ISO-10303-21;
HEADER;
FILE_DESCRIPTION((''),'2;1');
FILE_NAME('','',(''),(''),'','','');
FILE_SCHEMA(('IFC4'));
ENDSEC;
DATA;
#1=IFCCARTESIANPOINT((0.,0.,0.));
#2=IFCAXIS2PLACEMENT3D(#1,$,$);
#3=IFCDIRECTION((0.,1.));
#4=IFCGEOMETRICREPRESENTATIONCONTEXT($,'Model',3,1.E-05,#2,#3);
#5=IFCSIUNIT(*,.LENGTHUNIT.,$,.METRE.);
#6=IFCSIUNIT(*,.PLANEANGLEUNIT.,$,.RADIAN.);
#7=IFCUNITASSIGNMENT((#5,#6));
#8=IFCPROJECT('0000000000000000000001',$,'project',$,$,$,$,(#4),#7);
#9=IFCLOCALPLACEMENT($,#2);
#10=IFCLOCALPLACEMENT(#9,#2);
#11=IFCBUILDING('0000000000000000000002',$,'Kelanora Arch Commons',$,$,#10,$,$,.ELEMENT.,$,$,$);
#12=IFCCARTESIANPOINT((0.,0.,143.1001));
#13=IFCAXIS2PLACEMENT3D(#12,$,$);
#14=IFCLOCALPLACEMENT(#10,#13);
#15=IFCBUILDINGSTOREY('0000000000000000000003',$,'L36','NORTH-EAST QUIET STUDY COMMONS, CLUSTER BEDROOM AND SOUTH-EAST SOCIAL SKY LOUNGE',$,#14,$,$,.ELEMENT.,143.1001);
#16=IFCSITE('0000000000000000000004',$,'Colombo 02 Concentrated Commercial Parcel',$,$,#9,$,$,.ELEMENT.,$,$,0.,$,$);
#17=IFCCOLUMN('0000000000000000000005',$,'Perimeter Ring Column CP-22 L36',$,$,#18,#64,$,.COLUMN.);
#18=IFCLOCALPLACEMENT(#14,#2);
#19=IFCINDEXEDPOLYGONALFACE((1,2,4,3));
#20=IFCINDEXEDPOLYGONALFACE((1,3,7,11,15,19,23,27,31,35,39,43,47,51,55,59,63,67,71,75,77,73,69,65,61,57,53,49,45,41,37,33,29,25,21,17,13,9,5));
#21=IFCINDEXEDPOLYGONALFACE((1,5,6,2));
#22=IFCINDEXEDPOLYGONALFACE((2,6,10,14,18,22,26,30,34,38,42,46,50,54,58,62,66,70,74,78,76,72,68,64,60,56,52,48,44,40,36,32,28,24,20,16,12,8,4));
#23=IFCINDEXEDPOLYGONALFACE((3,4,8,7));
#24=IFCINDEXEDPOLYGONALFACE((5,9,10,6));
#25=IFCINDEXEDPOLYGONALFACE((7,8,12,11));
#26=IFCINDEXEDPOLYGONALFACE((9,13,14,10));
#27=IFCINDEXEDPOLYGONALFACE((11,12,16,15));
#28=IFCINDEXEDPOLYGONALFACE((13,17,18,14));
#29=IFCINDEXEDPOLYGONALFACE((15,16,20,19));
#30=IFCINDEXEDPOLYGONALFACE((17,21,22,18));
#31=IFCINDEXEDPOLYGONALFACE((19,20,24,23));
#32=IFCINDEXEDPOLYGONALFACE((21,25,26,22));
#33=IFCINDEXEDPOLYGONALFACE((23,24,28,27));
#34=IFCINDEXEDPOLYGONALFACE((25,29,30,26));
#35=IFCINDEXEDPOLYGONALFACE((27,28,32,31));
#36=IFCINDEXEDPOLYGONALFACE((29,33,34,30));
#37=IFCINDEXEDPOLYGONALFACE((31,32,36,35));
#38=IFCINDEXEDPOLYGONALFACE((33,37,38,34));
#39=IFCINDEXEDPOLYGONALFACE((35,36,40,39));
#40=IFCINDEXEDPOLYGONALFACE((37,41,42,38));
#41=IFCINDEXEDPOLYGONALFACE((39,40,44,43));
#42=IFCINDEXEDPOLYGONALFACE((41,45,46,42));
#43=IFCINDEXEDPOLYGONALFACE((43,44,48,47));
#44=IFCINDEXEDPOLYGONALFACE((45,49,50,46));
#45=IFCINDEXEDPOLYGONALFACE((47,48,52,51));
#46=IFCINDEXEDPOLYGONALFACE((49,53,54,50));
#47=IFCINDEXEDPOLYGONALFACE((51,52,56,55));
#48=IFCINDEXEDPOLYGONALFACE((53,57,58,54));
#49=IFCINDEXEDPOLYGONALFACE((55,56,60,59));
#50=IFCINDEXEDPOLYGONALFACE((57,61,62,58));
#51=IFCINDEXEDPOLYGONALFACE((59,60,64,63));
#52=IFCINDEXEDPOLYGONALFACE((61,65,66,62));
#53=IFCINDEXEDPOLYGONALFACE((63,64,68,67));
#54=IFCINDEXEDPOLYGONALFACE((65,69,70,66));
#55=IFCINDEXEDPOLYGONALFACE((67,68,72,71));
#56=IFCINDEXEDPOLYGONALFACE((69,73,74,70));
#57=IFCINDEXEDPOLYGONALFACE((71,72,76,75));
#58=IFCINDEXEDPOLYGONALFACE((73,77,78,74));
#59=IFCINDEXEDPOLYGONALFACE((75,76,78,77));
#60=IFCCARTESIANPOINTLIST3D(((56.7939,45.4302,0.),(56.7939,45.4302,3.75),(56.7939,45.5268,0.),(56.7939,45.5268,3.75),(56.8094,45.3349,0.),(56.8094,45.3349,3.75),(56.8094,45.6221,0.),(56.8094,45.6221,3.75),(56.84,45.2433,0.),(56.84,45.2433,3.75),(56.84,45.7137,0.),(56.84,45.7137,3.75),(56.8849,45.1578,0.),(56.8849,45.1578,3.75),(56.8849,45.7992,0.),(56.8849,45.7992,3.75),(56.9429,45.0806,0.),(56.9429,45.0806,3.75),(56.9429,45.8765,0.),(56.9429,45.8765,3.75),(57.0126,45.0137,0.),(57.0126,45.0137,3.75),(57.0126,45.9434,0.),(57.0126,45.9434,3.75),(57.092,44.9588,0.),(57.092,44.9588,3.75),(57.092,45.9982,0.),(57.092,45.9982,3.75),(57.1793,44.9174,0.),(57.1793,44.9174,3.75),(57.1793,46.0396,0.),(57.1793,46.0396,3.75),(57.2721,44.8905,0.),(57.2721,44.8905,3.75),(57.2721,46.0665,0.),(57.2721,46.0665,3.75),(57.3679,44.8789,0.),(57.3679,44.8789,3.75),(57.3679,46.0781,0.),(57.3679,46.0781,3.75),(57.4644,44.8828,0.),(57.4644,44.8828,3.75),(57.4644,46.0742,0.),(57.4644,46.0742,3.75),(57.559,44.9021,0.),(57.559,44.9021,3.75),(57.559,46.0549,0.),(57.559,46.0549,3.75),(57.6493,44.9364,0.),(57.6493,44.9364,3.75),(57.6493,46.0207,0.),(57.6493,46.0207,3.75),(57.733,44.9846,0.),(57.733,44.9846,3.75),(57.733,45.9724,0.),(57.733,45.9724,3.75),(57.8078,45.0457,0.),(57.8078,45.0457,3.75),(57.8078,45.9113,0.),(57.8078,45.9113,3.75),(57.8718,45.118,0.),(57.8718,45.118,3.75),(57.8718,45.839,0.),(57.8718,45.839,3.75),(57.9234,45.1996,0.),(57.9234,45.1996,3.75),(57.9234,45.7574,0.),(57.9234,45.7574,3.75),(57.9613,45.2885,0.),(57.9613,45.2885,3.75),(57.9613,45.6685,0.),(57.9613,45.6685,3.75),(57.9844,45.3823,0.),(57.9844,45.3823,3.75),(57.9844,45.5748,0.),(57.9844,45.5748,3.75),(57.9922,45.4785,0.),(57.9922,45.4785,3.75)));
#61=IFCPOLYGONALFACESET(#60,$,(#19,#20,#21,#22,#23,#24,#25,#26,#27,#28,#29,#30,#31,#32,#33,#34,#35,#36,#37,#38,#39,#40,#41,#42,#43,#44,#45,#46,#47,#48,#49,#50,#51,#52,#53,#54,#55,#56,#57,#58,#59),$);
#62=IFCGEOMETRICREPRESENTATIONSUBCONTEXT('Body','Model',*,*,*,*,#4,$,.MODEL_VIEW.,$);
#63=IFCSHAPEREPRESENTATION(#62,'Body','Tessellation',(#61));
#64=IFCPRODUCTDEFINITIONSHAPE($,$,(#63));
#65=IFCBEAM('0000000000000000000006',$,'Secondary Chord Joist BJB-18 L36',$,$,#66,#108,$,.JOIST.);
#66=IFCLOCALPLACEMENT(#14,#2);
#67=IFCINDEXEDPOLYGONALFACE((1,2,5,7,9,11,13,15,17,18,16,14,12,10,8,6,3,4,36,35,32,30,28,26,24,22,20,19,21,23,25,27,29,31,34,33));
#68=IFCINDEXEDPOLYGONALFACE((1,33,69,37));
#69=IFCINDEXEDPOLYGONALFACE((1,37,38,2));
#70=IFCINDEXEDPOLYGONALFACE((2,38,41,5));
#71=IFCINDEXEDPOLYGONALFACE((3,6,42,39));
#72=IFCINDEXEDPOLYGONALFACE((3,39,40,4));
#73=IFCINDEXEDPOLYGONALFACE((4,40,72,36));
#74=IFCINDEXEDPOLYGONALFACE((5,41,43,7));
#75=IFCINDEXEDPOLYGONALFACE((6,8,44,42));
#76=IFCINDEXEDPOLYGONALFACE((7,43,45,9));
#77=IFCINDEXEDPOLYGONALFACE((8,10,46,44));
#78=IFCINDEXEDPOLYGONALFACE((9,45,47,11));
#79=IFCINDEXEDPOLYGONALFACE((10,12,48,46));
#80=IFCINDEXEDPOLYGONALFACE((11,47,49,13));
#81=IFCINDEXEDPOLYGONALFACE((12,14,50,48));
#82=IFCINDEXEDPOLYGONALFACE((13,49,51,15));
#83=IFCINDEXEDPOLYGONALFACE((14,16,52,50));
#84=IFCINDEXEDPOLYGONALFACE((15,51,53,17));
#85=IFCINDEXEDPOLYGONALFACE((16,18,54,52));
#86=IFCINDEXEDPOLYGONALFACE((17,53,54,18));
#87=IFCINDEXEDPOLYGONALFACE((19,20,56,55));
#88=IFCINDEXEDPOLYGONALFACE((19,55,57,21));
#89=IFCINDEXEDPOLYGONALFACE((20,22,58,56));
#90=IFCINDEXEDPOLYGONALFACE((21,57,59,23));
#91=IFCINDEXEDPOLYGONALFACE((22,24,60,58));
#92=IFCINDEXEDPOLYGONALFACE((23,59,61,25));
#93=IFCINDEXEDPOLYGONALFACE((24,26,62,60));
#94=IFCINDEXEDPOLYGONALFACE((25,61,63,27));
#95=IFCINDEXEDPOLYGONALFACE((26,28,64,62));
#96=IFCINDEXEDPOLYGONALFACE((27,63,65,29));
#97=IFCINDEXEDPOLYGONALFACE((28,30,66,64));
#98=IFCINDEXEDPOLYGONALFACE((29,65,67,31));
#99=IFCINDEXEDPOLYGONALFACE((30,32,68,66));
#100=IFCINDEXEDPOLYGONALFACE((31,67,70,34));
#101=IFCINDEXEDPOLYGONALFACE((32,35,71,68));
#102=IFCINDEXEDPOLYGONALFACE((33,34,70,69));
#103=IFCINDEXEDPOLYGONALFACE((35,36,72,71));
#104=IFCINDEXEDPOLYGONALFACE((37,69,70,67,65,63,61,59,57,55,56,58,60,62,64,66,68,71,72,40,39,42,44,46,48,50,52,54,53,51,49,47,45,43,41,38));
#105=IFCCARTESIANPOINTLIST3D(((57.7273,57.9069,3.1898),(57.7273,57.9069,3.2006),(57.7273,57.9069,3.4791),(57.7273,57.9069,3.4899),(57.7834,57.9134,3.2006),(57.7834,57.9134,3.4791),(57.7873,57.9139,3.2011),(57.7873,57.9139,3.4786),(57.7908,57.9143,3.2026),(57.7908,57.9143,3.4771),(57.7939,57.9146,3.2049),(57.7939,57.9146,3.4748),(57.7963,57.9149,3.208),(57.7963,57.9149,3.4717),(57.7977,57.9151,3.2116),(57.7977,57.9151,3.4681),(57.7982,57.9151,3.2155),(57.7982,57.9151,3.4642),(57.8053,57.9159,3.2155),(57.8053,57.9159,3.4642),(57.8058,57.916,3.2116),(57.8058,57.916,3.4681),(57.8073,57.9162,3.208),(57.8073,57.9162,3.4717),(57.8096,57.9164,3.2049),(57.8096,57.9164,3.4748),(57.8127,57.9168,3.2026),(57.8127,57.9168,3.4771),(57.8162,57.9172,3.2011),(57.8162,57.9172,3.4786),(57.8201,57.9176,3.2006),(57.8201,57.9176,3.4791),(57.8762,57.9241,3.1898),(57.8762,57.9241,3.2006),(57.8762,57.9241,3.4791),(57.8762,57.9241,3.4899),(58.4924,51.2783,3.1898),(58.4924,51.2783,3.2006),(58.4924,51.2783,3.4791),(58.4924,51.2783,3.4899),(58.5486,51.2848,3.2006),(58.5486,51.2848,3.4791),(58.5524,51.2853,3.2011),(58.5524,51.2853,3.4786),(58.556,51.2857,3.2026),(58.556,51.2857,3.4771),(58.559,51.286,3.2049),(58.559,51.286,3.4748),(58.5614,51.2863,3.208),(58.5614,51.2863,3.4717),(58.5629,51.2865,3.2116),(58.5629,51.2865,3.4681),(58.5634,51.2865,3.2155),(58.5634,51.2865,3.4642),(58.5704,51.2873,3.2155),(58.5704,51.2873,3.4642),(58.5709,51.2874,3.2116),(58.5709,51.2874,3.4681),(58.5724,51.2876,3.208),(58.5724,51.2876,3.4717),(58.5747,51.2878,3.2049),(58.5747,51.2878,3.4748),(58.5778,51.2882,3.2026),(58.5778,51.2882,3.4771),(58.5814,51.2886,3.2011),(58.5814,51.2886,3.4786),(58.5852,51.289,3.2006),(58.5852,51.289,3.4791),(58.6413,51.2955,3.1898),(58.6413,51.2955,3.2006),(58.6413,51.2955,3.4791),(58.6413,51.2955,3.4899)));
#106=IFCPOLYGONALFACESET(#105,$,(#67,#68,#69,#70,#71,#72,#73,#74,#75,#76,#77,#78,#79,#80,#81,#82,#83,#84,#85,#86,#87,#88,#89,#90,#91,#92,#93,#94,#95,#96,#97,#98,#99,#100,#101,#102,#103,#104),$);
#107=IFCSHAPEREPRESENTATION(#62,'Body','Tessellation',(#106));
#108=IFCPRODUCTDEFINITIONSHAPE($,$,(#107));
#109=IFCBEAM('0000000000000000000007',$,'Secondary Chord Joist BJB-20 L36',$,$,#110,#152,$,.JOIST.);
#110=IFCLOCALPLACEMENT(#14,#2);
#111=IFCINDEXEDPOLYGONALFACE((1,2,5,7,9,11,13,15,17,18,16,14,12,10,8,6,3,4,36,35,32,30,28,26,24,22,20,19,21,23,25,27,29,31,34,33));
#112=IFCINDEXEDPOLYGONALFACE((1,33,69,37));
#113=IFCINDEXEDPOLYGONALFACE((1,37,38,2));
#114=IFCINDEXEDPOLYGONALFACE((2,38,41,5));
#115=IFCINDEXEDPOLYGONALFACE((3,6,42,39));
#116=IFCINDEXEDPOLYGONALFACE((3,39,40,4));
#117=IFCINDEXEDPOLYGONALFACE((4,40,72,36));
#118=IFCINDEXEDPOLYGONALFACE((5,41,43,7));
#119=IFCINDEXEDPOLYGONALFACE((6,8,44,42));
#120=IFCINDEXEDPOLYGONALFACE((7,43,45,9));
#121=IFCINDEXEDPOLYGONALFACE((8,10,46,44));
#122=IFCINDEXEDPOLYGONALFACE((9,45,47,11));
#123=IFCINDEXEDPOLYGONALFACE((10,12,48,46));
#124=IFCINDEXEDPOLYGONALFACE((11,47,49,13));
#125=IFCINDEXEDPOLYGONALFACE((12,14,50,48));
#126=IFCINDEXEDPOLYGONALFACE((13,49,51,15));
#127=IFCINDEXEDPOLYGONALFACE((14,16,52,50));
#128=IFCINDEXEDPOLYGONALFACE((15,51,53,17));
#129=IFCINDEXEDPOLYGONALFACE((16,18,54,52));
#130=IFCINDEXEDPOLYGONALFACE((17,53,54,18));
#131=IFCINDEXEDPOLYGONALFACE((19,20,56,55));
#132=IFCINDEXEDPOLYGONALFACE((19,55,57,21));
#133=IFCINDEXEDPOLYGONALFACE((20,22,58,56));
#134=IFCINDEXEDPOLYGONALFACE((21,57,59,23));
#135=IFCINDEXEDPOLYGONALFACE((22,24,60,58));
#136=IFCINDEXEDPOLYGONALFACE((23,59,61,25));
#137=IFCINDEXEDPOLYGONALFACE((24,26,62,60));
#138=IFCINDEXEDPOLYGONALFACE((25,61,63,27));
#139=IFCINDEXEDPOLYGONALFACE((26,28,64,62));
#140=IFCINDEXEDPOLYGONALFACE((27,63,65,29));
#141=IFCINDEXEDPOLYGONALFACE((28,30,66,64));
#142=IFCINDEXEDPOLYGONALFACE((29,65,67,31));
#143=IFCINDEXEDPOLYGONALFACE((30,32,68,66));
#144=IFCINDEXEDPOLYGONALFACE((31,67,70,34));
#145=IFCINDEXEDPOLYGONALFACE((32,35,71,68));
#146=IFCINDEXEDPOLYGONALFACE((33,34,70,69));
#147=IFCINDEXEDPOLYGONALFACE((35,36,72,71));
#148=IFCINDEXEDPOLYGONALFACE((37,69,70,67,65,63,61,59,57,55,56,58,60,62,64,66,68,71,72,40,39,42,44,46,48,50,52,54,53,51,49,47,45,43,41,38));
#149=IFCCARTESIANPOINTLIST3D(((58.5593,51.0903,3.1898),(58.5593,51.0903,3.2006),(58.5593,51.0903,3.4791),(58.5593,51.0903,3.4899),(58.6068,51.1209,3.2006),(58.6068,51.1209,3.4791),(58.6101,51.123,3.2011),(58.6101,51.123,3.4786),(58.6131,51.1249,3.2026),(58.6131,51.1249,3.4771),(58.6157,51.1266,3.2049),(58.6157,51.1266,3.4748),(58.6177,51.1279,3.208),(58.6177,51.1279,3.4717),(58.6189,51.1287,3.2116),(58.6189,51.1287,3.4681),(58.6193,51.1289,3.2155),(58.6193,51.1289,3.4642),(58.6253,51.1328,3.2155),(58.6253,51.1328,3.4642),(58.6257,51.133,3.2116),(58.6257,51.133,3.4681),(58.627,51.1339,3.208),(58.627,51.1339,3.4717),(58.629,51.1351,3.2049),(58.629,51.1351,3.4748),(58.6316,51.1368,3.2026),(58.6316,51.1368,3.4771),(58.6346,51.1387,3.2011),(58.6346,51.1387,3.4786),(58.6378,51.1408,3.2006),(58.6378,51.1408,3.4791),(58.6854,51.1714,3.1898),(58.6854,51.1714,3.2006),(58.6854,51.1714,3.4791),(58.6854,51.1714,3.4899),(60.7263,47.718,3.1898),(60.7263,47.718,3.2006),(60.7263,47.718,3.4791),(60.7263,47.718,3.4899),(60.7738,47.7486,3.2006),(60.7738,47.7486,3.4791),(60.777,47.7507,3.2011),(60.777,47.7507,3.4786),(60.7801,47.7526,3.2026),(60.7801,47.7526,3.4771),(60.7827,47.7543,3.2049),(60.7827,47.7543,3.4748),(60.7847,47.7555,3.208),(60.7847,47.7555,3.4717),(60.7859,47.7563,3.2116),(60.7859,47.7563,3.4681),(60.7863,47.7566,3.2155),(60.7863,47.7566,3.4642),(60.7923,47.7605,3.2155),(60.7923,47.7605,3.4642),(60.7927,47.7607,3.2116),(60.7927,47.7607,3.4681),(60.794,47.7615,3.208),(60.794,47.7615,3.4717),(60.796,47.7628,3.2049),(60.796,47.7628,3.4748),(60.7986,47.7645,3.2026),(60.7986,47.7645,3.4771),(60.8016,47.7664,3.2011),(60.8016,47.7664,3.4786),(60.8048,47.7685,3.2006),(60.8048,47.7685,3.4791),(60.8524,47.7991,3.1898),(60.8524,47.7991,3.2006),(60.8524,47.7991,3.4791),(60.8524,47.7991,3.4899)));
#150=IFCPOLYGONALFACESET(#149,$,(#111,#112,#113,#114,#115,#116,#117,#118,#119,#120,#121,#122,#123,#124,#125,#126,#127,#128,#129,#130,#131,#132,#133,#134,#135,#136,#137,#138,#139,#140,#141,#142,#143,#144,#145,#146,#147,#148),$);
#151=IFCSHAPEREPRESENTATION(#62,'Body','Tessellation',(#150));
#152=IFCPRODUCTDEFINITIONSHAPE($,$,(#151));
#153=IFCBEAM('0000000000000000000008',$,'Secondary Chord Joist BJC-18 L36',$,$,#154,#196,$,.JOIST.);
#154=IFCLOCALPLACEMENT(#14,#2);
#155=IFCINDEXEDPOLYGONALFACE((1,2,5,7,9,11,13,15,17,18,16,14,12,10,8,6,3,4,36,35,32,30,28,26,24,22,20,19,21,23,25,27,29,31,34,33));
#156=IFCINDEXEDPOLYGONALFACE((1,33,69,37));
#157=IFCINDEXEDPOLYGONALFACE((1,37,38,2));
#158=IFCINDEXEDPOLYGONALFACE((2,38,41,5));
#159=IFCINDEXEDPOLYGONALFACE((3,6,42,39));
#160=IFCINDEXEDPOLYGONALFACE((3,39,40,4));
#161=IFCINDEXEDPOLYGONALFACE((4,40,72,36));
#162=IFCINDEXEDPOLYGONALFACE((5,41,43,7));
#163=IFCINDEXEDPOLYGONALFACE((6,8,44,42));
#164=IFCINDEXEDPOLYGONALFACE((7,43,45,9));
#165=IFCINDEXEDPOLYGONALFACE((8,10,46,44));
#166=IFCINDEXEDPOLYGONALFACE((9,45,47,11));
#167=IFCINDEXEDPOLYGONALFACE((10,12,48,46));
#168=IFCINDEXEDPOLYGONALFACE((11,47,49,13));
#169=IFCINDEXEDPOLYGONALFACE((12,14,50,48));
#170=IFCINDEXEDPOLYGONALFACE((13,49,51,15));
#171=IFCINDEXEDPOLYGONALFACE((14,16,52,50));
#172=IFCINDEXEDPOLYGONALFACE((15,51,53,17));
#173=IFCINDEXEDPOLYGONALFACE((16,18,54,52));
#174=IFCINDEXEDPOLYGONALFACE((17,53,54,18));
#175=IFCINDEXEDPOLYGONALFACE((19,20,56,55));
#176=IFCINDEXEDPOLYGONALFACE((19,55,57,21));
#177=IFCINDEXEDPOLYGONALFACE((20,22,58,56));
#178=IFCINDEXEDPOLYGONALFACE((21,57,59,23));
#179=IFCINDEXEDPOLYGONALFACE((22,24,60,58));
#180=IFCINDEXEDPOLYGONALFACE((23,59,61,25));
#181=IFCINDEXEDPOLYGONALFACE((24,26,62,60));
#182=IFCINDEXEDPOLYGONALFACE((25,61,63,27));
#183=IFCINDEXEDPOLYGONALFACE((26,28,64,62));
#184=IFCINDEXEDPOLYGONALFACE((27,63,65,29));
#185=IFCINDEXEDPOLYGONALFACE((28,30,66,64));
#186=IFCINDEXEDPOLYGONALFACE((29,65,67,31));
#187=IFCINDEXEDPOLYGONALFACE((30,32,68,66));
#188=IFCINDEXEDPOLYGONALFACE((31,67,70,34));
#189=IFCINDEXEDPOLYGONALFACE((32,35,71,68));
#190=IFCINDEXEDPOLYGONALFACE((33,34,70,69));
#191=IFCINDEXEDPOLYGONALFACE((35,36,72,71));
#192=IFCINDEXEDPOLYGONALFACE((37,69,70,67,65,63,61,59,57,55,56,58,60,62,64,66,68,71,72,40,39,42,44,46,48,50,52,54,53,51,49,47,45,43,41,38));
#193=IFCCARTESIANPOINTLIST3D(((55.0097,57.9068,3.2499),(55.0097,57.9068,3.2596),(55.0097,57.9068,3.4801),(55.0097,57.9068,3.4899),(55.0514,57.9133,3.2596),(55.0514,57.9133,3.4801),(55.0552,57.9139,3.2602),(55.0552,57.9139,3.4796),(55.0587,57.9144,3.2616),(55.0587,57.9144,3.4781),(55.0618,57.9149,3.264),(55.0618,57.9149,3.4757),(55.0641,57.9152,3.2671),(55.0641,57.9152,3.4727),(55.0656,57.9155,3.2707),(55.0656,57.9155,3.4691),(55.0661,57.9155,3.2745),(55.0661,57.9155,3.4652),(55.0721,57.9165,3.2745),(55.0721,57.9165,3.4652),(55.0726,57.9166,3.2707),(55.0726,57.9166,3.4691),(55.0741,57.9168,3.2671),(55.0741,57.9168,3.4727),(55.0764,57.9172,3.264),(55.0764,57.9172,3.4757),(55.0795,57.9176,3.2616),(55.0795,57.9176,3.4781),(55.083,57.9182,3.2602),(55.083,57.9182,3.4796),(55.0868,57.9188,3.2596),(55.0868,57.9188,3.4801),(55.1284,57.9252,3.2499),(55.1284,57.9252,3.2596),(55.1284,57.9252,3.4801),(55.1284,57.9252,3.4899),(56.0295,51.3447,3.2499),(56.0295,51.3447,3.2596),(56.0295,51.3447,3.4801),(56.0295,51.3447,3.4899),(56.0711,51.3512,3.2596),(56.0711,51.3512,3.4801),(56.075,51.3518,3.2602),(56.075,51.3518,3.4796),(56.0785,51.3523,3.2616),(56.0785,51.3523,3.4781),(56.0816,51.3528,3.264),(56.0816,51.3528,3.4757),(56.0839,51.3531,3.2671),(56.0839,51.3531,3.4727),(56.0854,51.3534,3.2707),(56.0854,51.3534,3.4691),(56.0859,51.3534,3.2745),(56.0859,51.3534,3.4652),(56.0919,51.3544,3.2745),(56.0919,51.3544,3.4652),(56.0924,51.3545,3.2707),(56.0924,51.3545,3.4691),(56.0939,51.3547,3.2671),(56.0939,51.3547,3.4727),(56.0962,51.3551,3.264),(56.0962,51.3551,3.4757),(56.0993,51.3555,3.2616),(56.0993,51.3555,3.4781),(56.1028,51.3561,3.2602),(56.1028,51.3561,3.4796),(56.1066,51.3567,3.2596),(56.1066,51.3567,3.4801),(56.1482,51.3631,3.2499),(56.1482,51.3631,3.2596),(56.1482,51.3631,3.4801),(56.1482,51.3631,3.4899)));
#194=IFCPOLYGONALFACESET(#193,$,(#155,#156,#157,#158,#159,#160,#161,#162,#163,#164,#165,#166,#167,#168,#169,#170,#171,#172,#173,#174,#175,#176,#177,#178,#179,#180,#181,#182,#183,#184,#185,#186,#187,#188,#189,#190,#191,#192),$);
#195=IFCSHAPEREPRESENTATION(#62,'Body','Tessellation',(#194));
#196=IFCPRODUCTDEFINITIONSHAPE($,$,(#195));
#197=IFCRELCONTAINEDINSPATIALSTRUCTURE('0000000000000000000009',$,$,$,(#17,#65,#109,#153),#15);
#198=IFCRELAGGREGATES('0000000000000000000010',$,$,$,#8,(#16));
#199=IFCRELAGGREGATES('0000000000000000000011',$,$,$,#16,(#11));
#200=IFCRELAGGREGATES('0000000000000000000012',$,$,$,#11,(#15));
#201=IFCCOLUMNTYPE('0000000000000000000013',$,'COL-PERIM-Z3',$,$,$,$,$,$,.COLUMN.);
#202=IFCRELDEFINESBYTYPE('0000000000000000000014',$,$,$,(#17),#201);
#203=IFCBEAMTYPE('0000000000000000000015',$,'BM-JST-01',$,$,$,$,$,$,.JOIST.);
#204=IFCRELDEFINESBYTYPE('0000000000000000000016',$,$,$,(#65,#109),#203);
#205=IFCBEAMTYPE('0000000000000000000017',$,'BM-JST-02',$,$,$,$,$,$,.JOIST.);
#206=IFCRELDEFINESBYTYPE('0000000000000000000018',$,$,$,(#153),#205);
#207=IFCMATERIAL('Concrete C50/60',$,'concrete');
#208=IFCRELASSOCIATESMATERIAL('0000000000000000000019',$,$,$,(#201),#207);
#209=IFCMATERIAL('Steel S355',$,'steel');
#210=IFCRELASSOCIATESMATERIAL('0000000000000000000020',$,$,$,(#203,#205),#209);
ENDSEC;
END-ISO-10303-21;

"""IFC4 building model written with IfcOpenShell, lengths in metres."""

from ifc_helpers import new_model, si_unit, direction, frame, origin, origin_2d, place, context, subcontext, project, spatial, circle, i_section, extrude, material, material_profile, profile_set, type_object, element, save


model = new_model("IFC4")

# Units and contexts
model_context = context("Model", 3, precision=1e-05, world=origin(), true_north=direction((0.0, 1.0)))
body_context = subcontext(model_context, "Body", "Model", "MODEL_VIEW")
ifc_project = project(units=[si_unit("LENGTHUNIT", "METRE"), si_unit("PLANEANGLEUNIT", "RADIAN")], contexts=[model_context])

# Site, building, storey
site_placement = place(None, origin())
site = spatial("IfcSite", under=ifc_project, at=site_placement, Name="Colombo 02 Concentrated Commercial Parcel", CompositionType="ELEMENT", RefElevation=0.0)
building_placement = place(site_placement, origin())
building = spatial("IfcBuilding", under=site, at=building_placement, Name="Kelanora Arch Commons", CompositionType="ELEMENT")
storey_placement = place(building_placement, frame((0.0, 0.0, 143.1001)))
storey = spatial("IfcBuildingStorey", under=building, at=storey_placement, Name="L36", Description="NORTH-EAST QUIET STUDY COMMONS, CLUSTER BEDROOM AND SOUTH-EAST SOCIAL SKY LOUNGE", CompositionType="ELEMENT", Elevation=143.1001)

# Column
ifc_material_1 = material(Name="Concrete C50/60", Category="concrete")
ifc_material_profile_1 = material_profile(ifc_material_1, circle(Radius=0.6001, at=origin_2d()), Name="RCC1200")
ifc_profile_set_1 = profile_set([ifc_material_profile_1], Name="Concrete C50/60")
column_type = type_object("IfcColumnType", Name="COL-PERIM-Z3", PredefinedType="COLUMN", material=ifc_profile_set_1)
column_placement = place(storey_placement, frame((57.3921, 45.4785, 0.0), z_axis=(0.0, 0.0, 1.0), x_axis=(1.0, 0.0, 0.0)))
element("IfcColumn", 1, at=column_placement, inside=storey, type_object=column_type, Name="Perimeter Ring Column CP-22 L36", PredefinedType="COLUMN", context=body_context, shape_type="SweptSolid", body=[
    extrude(circle(Radius=0.6001, at=origin_2d()), origin(), (0.0, 0.0, 1.0), 3.75),
])

# Beams
ifc_material_2 = material(Name="Steel S355", Category="steel")
ifc_material_profile_2 = material_profile(ifc_material_2, i_section(OverallWidth=0.1499, OverallDepth=0.3, WebThickness=0.0071, FlangeThickness=0.0107, FilletRadius=0.0149, at=origin_2d()), Name="IPE300")
ifc_profile_set_2 = profile_set([ifc_material_profile_2], Name="Steel S355")
beam_type_1 = type_object("IfcBeamType", Name="BM-JST-01", PredefinedType="JOIST", material=ifc_profile_set_2)
beam_1_placement = place(storey_placement, frame((57.8018, 57.9155, 3.3398), z_axis=(0.114667, -0.993404, 0.0), x_axis=(0.993404, 0.114667, 0.0)))
element("IfcBeam", 2, at=beam_1_placement, inside=storey, type_object=beam_type_1, Name="Secondary Chord Joist BJB-18 L36", PredefinedType="JOIST", context=body_context, shape_type="SweptSolid", body=[
    extrude(i_section(OverallWidth=0.1499, OverallDepth=0.3, WebThickness=0.0071, FlangeThickness=0.0107, FilletRadius=0.0149, at=origin_2d()), origin(), (0.0, 0.0, 1.0), 6.6726),
])
beam_2_placement = place(storey_placement, frame((58.6223, 51.1309, 3.3398), z_axis=(0.540594, -0.841283, 0.0), x_axis=(0.841283, 0.540594, 0.0)))
element("IfcBeam", 3, at=beam_2_placement, inside=storey, type_object=beam_type_1, Name="Secondary Chord Joist BJB-20 L36", PredefinedType="JOIST", context=body_context, shape_type="SweptSolid", body=[
    extrude(i_section(OverallWidth=0.1499, OverallDepth=0.3, WebThickness=0.0071, FlangeThickness=0.0107, FilletRadius=0.0149, at=origin_2d()), origin(), (0.0, 0.0, 1.0), 4.0085),
])
ifc_material_profile_3 = material_profile(ifc_material_2, i_section(OverallWidth=0.1201, OverallDepth=0.24, WebThickness=0.0061, FlangeThickness=0.0098, FilletRadius=0.0149, at=origin_2d()), Name="IPE240")
ifc_profile_set_3 = profile_set([ifc_material_profile_3], Name="Steel S355")
beam_type_2 = type_object("IfcBeamType", Name="BM-JST-02", PredefinedType="JOIST", material=ifc_profile_set_3)
beam_3_placement = place(storey_placement, frame((55.0691, 57.916, 3.3699), z_axis=(0.153563, -0.988139, 0.0), x_axis=(0.988139, 0.153563, 0.0)))
element("IfcBeam", 4, at=beam_3_placement, inside=storey, type_object=beam_type_2, Name="Secondary Chord Joist BJC-18 L36", PredefinedType="JOIST", context=body_context, shape_type="SweptSolid", body=[
    extrude(i_section(OverallWidth=0.1201, OverallDepth=0.24, WebThickness=0.0061, FlangeThickness=0.0098, FilletRadius=0.0149, at=origin_2d()), origin(), (0.0, 0.0, 1.0), 6.6409),
])

save(model, "model.ifc")
